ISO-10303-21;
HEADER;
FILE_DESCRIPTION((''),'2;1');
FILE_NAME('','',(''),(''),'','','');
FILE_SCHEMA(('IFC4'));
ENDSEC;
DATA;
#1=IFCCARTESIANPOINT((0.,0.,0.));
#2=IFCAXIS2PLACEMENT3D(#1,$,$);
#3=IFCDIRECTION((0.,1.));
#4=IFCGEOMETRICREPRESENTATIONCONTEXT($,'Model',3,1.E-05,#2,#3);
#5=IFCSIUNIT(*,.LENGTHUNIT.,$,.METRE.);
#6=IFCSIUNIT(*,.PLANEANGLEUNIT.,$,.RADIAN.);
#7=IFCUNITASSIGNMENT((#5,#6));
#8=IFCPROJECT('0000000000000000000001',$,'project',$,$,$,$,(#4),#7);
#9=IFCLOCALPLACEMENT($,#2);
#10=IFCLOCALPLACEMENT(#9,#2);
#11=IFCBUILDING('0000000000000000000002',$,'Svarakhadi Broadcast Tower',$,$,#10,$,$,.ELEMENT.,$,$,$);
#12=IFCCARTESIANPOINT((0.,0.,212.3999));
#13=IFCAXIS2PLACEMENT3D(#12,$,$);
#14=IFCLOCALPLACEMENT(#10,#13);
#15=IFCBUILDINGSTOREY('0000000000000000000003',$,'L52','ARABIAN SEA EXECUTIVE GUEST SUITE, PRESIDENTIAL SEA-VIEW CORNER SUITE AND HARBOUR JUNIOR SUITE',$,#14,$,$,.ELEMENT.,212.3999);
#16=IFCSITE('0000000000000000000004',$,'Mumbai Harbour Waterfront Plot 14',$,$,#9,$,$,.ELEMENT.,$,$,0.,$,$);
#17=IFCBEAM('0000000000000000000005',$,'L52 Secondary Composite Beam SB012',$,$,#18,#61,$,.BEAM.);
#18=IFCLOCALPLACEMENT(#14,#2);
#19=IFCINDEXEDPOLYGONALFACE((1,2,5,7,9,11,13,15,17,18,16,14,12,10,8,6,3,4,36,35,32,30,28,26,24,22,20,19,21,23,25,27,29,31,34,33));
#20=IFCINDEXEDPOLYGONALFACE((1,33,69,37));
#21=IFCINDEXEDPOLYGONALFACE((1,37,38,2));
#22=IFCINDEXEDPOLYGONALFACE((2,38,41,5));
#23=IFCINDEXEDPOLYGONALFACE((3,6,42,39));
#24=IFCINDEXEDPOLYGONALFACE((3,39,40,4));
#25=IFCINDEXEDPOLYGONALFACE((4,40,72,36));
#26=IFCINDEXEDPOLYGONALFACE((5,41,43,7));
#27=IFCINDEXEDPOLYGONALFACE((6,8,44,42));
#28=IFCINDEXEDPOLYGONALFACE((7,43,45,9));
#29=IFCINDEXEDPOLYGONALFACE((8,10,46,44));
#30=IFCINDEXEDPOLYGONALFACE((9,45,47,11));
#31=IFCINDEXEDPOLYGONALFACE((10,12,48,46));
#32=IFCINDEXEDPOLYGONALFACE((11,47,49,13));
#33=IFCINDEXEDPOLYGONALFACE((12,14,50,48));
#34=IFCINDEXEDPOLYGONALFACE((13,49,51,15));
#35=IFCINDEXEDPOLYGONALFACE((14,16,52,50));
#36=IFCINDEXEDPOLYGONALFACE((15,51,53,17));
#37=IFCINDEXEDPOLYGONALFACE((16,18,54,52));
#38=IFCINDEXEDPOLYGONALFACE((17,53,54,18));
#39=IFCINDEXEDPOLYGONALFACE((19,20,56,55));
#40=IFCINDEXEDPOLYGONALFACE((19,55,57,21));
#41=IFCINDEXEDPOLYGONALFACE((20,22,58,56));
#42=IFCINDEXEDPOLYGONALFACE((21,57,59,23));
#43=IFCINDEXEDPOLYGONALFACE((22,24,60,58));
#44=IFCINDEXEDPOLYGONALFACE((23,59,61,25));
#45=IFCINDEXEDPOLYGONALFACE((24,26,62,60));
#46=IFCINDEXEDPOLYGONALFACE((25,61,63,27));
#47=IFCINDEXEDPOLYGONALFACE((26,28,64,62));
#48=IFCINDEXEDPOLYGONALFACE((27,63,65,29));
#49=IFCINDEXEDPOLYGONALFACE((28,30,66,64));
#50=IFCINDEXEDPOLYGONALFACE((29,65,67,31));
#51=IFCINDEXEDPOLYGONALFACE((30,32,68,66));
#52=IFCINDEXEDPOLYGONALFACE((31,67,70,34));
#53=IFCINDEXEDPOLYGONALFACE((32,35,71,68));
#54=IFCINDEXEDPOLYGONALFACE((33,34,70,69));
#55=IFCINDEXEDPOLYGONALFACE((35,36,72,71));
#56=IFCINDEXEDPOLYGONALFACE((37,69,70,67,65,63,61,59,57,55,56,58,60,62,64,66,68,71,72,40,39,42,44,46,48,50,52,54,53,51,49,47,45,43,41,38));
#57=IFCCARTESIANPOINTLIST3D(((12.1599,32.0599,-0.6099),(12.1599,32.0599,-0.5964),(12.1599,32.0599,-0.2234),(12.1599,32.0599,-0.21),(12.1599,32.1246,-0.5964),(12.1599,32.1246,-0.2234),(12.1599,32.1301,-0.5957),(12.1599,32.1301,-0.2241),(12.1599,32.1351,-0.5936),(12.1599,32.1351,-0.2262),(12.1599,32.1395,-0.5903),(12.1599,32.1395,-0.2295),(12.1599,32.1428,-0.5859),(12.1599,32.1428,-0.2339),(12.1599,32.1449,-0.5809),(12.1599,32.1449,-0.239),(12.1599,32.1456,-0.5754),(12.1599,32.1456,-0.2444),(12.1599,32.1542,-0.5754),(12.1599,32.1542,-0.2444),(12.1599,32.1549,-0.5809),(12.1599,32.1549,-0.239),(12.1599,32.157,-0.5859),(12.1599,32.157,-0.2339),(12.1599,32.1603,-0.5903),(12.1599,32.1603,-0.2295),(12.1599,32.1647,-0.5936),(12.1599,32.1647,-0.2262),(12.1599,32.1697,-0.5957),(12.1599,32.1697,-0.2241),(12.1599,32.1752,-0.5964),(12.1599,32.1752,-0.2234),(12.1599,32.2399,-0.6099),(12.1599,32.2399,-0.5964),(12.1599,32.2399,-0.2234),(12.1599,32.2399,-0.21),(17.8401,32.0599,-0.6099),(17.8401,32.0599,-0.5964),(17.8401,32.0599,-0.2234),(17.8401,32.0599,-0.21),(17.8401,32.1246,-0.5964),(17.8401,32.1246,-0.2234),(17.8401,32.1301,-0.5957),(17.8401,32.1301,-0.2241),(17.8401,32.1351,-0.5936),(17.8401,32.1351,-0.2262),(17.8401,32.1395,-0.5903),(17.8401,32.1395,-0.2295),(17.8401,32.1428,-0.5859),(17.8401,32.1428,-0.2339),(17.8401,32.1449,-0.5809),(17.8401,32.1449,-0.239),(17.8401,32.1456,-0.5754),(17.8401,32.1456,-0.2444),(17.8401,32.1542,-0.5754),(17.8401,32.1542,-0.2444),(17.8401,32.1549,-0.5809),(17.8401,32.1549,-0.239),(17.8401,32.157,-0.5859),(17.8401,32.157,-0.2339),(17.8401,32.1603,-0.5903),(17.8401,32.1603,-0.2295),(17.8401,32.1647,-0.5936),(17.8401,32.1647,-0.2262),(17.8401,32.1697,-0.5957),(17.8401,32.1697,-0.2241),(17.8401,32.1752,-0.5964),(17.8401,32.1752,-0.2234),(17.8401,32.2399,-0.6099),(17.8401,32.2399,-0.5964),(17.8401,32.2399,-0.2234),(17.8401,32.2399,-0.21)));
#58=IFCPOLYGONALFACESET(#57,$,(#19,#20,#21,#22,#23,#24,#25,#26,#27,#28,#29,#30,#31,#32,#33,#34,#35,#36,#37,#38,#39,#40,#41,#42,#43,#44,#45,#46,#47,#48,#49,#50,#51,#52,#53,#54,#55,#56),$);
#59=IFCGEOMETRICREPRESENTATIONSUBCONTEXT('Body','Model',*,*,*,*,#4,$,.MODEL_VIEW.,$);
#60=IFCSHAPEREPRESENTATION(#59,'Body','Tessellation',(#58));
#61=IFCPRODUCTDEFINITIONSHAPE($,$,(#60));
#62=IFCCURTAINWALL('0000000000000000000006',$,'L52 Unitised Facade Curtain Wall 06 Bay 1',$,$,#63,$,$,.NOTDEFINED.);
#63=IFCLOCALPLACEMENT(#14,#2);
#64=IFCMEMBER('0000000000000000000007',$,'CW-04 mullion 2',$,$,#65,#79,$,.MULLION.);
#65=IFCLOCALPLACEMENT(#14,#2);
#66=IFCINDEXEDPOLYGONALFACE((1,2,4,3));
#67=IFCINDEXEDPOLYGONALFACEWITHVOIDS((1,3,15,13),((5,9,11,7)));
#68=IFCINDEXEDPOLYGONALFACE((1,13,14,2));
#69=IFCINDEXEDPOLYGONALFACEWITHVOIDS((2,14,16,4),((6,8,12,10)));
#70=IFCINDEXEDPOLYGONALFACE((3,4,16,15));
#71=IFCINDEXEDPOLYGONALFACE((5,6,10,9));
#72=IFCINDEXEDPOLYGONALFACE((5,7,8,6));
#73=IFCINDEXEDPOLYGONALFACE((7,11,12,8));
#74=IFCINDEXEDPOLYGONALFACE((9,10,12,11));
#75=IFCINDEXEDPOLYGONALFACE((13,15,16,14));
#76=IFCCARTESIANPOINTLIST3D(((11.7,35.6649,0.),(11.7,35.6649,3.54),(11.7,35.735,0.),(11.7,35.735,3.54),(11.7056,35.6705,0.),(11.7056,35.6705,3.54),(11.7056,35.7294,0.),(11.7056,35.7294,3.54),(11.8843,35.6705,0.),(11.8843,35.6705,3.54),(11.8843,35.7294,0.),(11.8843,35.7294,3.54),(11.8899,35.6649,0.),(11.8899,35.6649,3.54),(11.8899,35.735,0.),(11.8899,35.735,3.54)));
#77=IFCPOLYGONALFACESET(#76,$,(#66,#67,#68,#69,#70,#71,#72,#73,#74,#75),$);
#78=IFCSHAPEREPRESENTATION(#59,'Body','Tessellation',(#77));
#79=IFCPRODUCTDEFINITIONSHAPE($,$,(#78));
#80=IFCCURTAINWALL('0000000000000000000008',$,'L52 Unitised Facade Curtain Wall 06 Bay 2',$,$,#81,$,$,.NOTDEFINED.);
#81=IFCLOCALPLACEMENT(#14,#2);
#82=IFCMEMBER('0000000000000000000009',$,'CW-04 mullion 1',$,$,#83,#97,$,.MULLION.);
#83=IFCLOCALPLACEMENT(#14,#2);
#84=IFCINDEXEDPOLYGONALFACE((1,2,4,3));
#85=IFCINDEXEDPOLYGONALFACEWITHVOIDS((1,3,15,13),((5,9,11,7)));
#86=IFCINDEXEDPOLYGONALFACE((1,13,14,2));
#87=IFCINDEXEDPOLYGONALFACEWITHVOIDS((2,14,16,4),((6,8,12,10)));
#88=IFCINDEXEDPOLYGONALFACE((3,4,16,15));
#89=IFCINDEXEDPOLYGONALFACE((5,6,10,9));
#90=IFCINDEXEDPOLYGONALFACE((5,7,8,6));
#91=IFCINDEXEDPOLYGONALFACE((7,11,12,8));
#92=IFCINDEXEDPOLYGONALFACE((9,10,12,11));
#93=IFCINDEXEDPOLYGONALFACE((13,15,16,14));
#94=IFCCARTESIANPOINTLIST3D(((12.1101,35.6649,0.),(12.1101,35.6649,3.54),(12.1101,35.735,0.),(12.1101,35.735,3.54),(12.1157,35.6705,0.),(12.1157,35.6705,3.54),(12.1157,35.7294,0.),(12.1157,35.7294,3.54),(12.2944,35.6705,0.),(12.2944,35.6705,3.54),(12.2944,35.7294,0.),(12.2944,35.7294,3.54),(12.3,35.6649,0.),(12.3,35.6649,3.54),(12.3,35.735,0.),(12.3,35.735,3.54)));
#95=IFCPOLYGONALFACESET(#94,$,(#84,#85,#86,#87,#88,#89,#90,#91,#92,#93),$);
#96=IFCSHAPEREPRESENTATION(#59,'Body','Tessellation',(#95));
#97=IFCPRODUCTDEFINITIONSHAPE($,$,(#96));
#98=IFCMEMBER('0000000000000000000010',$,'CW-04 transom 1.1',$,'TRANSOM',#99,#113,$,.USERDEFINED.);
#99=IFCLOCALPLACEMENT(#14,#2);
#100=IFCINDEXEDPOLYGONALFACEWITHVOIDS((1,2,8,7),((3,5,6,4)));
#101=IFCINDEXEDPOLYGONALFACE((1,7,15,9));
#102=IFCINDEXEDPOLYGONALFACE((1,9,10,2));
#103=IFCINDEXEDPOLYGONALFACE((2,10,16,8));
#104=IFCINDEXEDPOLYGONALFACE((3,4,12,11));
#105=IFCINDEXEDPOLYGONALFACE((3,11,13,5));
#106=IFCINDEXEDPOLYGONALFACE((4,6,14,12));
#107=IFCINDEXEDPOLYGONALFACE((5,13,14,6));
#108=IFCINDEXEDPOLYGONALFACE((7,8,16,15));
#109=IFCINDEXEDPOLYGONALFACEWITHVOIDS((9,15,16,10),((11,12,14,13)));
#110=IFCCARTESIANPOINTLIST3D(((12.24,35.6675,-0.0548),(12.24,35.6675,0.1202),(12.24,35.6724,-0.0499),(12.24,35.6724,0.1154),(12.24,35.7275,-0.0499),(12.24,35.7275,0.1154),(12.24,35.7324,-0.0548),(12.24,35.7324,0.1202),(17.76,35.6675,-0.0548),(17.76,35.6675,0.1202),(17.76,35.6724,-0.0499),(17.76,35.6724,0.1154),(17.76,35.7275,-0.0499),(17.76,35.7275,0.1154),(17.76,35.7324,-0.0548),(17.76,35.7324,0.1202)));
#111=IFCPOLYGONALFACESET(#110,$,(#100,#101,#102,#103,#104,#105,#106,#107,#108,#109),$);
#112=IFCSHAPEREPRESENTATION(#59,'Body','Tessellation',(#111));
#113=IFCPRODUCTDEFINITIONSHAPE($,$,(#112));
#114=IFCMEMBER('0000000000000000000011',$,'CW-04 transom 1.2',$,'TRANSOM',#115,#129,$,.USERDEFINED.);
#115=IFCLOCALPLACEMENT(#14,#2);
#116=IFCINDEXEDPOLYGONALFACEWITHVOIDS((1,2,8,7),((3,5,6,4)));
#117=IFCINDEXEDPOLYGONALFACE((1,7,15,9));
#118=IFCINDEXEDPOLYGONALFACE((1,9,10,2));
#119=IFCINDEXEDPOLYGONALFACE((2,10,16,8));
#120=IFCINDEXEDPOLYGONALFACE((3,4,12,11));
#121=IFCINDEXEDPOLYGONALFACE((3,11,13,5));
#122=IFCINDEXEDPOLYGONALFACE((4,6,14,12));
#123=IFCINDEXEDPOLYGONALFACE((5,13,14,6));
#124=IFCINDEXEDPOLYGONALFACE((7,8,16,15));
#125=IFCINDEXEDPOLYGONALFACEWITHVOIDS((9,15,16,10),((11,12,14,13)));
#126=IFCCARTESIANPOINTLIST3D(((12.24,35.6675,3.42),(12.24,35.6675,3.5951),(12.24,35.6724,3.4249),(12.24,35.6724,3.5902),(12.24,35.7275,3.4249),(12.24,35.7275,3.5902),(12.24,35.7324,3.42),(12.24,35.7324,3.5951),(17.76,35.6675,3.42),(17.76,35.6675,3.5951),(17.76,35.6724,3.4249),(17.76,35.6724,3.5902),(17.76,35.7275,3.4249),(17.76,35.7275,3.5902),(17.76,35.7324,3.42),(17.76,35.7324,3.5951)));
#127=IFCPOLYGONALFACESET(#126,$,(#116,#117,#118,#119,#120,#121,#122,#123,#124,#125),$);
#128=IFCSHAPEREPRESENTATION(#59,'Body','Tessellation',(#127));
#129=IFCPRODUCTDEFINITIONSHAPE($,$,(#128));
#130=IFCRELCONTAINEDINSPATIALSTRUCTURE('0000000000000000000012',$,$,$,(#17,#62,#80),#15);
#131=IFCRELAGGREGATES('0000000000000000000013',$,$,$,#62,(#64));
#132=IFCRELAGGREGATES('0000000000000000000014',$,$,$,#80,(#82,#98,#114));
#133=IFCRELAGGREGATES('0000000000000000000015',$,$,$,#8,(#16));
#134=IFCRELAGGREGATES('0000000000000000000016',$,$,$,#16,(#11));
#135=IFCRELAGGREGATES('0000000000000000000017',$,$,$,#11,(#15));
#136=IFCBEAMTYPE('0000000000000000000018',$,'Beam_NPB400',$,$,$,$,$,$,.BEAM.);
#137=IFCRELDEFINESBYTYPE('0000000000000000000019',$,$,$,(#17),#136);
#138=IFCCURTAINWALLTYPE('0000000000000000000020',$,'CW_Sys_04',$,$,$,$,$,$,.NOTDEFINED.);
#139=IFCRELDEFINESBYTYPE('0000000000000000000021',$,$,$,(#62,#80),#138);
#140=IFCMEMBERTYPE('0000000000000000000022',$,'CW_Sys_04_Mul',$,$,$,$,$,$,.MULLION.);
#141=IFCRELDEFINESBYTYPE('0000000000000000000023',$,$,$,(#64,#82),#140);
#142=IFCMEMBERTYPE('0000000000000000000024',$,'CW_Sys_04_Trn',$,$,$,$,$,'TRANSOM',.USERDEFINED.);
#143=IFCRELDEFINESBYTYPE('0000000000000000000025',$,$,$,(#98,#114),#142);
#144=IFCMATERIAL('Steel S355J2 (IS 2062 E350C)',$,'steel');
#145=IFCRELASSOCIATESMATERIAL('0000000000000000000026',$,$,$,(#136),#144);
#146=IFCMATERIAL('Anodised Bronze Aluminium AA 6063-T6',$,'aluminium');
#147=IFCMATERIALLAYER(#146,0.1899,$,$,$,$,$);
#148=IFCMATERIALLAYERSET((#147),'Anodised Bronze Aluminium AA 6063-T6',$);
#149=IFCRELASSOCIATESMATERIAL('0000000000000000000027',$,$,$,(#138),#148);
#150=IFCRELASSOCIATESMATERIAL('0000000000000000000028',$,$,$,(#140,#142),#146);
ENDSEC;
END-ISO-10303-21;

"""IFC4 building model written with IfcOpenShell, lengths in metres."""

from ifc_helpers import new_model, si_unit, direction, frame, origin, origin_2d, place, context, subcontext, project, spatial, hollow_rectangle, i_section, extrude, material, layer, layer_set, material_profile, profile_set, type_object, element, aggregate, save


model = new_model("IFC4")

# Units and contexts
model_context = context("Model", 3, precision=1e-05, world=origin(), true_north=direction((0.0, 1.0)))
body_context = subcontext(model_context, "Body", "Model", "MODEL_VIEW")
ifc_project = project(units=[si_unit("LENGTHUNIT", "METRE"), si_unit("PLANEANGLEUNIT", "RADIAN")], contexts=[model_context])

# Site, building, storey
site_placement = place(None, origin())
site = spatial("IfcSite", under=ifc_project, at=site_placement, Name="Mumbai Harbour Waterfront Plot 14", CompositionType="ELEMENT", RefElevation=0.0)
building_placement = place(site_placement, origin())
building = spatial("IfcBuilding", under=site, at=building_placement, Name="Svarakhadi Broadcast Tower", CompositionType="ELEMENT")
storey_placement = place(building_placement, frame((0.0, 0.0, 212.3999)))
storey = spatial("IfcBuildingStorey", under=building, at=storey_placement, Name="L52", Description="ARABIAN SEA EXECUTIVE GUEST SUITE, PRESIDENTIAL SEA-VIEW CORNER SUITE AND HARBOUR JUNIOR SUITE", CompositionType="ELEMENT", Elevation=212.3999)

# Beam
ifc_material_1 = material(Name="Steel S355J2 (IS 2062 E350C)", Category="steel")
ifc_material_profile_1 = material_profile(ifc_material_1, i_section(OverallWidth=0.1799, OverallDepth=0.3999, WebThickness=0.0085, FlangeThickness=0.0134, FilletRadius=0.021, at=origin_2d()), Name="NPB 400x180x66")
ifc_profile_set_1 = profile_set([ifc_material_profile_1], Name="Steel S355J2 (IS 2062 E350C)")
beam_type_1 = type_object("IfcBeamType", Name="Beam_NPB400", PredefinedType="BEAM", material=ifc_profile_set_1)
for number, where, z_axis, x_axis, name in (
    (1, (12.1599, 32.1499, -0.4099), (1.0, 0.0, 0.0), (0.0, 1.0, 0.0), "L52 Secondary Composite Beam SB012"),
):
    element("IfcBeam", number, at=place(storey_placement, frame(where, z_axis=z_axis, x_axis=x_axis)), inside=storey, type_object=beam_type_1, Name=name, PredefinedType="BEAM", context=body_context, shape_type="SweptSolid", body=[
        extrude(i_section(OverallWidth=0.1799, OverallDepth=0.3999, WebThickness=0.0085, FlangeThickness=0.0134, FilletRadius=0.021, at=origin_2d()), origin(), (0.0, 0.0, 1.0), 5.6802),
    ])

# Curtain wall, member
ifc_material_2 = material(Name="Anodised Bronze Aluminium AA 6063-T6", Category="aluminium")
ifc_layer_1 = layer(ifc_material_2, 0.1899)
ifc_layer_set_1 = layer_set([ifc_layer_1], Name="Anodised Bronze Aluminium AA 6063-T6")
curtain_wall_type = type_object("IfcCurtainWallType", Name="CW_Sys_04", PredefinedType="NOTDEFINED", material=ifc_layer_set_1)
curtain_wall_1_placement = place(storey_placement, origin())
curtain_wall_1 = element("IfcCurtainWall", 2, at=curtain_wall_1_placement, inside=storey, type_object=curtain_wall_type, Name="L52 Unitised Facade Curtain Wall 06 Bay 1", PredefinedType="NOTDEFINED")
ifc_material_profile_2 = material_profile(ifc_material_2, hollow_rectangle(XDim=0.0701, YDim=0.1899, WallThickness=0.0056, at=origin_2d()), Name="ALU MULLION 190x70x6")
ifc_profile_set_2 = profile_set([ifc_material_profile_2], Name="Anodised Bronze Aluminium AA 6063-T6")
member_type_1 = type_object("IfcMemberType", Name="CW_Sys_04_Mul", PredefinedType="MULLION", material=ifc_profile_set_2)
member_1_placement = place(storey_placement, frame((11.7949, 35.7, 0.0), z_axis=(0.0, 0.0, 1.0), x_axis=(0.0, 1.0, 0.0)))
member_1 = element("IfcMember", 3, at=member_1_placement, type_object=member_type_1, Name="CW-04 mullion 2", PredefinedType="MULLION", context=body_context, shape_type="SweptSolid", body=[
    extrude(hollow_rectangle(XDim=0.0701, YDim=0.1899, WallThickness=0.0056, at=origin_2d()), origin(), (0.0, 0.0, 1.0), 3.54),
])

# Curtain wall, members
curtain_wall_2_placement = place(storey_placement, origin())
curtain_wall_2 = element("IfcCurtainWall", 4, at=curtain_wall_2_placement, inside=storey, type_object=curtain_wall_type, Name="L52 Unitised Facade Curtain Wall 06 Bay 2", PredefinedType="NOTDEFINED")
member_2_placement = place(storey_placement, frame((12.2051, 35.7, 0.0), z_axis=(0.0, 0.0, 1.0), x_axis=(0.0, 1.0, 0.0)))
member_2 = element("IfcMember", 5, at=member_2_placement, type_object=member_type_1, Name="CW-04 mullion 1", PredefinedType="MULLION", context=body_context, shape_type="SweptSolid", body=[
    extrude(hollow_rectangle(XDim=0.0701, YDim=0.1899, WallThickness=0.0056, at=origin_2d()), origin(), (0.0, 0.0, 1.0), 3.54),
])
ifc_material_profile_3 = material_profile(ifc_material_2, hollow_rectangle(XDim=0.0649, YDim=0.175, WallThickness=0.0049, at=origin_2d()), Name="ALU TRANSOM 175x65x5")
ifc_profile_set_3 = profile_set([ifc_material_profile_3], Name="Anodised Bronze Aluminium AA 6063-T6")
member_type_2 = type_object("IfcMemberType", Name="CW_Sys_04_Trn", ElementType="TRANSOM", PredefinedType="USERDEFINED", material=ifc_profile_set_3)
member_3_placement = place(storey_placement, frame((12.24, 35.7, 0.0327), z_axis=(1.0, 0.0, 0.0), x_axis=(0.0, 1.0, 0.0)))
member_3 = element("IfcMember", 6, at=member_3_placement, type_object=member_type_2, Name="CW-04 transom 1.1", ObjectType="TRANSOM", PredefinedType="USERDEFINED", context=body_context, shape_type="SweptSolid", body=[
    extrude(hollow_rectangle(XDim=0.0649, YDim=0.175, WallThickness=0.0049, at=origin_2d()), origin(), (0.0, 0.0, 1.0), 5.52),
])
member_4_placement = place(storey_placement, frame((12.24, 35.7, 3.5076), z_axis=(1.0, 0.0, 0.0), x_axis=(0.0, 1.0, 0.0)))
member_4 = element("IfcMember", 7, at=member_4_placement, type_object=member_type_2, Name="CW-04 transom 1.2", ObjectType="TRANSOM", PredefinedType="USERDEFINED", context=body_context, shape_type="SweptSolid", body=[
    extrude(hollow_rectangle(XDim=0.0649, YDim=0.175, WallThickness=0.0049, at=origin_2d()), origin(), (0.0, 0.0, 1.0), 5.52),
])

aggregate(curtain_wall_1, [member_1])
aggregate(curtain_wall_2, [member_2, member_3, member_4])

save(model, "model.ifc")
